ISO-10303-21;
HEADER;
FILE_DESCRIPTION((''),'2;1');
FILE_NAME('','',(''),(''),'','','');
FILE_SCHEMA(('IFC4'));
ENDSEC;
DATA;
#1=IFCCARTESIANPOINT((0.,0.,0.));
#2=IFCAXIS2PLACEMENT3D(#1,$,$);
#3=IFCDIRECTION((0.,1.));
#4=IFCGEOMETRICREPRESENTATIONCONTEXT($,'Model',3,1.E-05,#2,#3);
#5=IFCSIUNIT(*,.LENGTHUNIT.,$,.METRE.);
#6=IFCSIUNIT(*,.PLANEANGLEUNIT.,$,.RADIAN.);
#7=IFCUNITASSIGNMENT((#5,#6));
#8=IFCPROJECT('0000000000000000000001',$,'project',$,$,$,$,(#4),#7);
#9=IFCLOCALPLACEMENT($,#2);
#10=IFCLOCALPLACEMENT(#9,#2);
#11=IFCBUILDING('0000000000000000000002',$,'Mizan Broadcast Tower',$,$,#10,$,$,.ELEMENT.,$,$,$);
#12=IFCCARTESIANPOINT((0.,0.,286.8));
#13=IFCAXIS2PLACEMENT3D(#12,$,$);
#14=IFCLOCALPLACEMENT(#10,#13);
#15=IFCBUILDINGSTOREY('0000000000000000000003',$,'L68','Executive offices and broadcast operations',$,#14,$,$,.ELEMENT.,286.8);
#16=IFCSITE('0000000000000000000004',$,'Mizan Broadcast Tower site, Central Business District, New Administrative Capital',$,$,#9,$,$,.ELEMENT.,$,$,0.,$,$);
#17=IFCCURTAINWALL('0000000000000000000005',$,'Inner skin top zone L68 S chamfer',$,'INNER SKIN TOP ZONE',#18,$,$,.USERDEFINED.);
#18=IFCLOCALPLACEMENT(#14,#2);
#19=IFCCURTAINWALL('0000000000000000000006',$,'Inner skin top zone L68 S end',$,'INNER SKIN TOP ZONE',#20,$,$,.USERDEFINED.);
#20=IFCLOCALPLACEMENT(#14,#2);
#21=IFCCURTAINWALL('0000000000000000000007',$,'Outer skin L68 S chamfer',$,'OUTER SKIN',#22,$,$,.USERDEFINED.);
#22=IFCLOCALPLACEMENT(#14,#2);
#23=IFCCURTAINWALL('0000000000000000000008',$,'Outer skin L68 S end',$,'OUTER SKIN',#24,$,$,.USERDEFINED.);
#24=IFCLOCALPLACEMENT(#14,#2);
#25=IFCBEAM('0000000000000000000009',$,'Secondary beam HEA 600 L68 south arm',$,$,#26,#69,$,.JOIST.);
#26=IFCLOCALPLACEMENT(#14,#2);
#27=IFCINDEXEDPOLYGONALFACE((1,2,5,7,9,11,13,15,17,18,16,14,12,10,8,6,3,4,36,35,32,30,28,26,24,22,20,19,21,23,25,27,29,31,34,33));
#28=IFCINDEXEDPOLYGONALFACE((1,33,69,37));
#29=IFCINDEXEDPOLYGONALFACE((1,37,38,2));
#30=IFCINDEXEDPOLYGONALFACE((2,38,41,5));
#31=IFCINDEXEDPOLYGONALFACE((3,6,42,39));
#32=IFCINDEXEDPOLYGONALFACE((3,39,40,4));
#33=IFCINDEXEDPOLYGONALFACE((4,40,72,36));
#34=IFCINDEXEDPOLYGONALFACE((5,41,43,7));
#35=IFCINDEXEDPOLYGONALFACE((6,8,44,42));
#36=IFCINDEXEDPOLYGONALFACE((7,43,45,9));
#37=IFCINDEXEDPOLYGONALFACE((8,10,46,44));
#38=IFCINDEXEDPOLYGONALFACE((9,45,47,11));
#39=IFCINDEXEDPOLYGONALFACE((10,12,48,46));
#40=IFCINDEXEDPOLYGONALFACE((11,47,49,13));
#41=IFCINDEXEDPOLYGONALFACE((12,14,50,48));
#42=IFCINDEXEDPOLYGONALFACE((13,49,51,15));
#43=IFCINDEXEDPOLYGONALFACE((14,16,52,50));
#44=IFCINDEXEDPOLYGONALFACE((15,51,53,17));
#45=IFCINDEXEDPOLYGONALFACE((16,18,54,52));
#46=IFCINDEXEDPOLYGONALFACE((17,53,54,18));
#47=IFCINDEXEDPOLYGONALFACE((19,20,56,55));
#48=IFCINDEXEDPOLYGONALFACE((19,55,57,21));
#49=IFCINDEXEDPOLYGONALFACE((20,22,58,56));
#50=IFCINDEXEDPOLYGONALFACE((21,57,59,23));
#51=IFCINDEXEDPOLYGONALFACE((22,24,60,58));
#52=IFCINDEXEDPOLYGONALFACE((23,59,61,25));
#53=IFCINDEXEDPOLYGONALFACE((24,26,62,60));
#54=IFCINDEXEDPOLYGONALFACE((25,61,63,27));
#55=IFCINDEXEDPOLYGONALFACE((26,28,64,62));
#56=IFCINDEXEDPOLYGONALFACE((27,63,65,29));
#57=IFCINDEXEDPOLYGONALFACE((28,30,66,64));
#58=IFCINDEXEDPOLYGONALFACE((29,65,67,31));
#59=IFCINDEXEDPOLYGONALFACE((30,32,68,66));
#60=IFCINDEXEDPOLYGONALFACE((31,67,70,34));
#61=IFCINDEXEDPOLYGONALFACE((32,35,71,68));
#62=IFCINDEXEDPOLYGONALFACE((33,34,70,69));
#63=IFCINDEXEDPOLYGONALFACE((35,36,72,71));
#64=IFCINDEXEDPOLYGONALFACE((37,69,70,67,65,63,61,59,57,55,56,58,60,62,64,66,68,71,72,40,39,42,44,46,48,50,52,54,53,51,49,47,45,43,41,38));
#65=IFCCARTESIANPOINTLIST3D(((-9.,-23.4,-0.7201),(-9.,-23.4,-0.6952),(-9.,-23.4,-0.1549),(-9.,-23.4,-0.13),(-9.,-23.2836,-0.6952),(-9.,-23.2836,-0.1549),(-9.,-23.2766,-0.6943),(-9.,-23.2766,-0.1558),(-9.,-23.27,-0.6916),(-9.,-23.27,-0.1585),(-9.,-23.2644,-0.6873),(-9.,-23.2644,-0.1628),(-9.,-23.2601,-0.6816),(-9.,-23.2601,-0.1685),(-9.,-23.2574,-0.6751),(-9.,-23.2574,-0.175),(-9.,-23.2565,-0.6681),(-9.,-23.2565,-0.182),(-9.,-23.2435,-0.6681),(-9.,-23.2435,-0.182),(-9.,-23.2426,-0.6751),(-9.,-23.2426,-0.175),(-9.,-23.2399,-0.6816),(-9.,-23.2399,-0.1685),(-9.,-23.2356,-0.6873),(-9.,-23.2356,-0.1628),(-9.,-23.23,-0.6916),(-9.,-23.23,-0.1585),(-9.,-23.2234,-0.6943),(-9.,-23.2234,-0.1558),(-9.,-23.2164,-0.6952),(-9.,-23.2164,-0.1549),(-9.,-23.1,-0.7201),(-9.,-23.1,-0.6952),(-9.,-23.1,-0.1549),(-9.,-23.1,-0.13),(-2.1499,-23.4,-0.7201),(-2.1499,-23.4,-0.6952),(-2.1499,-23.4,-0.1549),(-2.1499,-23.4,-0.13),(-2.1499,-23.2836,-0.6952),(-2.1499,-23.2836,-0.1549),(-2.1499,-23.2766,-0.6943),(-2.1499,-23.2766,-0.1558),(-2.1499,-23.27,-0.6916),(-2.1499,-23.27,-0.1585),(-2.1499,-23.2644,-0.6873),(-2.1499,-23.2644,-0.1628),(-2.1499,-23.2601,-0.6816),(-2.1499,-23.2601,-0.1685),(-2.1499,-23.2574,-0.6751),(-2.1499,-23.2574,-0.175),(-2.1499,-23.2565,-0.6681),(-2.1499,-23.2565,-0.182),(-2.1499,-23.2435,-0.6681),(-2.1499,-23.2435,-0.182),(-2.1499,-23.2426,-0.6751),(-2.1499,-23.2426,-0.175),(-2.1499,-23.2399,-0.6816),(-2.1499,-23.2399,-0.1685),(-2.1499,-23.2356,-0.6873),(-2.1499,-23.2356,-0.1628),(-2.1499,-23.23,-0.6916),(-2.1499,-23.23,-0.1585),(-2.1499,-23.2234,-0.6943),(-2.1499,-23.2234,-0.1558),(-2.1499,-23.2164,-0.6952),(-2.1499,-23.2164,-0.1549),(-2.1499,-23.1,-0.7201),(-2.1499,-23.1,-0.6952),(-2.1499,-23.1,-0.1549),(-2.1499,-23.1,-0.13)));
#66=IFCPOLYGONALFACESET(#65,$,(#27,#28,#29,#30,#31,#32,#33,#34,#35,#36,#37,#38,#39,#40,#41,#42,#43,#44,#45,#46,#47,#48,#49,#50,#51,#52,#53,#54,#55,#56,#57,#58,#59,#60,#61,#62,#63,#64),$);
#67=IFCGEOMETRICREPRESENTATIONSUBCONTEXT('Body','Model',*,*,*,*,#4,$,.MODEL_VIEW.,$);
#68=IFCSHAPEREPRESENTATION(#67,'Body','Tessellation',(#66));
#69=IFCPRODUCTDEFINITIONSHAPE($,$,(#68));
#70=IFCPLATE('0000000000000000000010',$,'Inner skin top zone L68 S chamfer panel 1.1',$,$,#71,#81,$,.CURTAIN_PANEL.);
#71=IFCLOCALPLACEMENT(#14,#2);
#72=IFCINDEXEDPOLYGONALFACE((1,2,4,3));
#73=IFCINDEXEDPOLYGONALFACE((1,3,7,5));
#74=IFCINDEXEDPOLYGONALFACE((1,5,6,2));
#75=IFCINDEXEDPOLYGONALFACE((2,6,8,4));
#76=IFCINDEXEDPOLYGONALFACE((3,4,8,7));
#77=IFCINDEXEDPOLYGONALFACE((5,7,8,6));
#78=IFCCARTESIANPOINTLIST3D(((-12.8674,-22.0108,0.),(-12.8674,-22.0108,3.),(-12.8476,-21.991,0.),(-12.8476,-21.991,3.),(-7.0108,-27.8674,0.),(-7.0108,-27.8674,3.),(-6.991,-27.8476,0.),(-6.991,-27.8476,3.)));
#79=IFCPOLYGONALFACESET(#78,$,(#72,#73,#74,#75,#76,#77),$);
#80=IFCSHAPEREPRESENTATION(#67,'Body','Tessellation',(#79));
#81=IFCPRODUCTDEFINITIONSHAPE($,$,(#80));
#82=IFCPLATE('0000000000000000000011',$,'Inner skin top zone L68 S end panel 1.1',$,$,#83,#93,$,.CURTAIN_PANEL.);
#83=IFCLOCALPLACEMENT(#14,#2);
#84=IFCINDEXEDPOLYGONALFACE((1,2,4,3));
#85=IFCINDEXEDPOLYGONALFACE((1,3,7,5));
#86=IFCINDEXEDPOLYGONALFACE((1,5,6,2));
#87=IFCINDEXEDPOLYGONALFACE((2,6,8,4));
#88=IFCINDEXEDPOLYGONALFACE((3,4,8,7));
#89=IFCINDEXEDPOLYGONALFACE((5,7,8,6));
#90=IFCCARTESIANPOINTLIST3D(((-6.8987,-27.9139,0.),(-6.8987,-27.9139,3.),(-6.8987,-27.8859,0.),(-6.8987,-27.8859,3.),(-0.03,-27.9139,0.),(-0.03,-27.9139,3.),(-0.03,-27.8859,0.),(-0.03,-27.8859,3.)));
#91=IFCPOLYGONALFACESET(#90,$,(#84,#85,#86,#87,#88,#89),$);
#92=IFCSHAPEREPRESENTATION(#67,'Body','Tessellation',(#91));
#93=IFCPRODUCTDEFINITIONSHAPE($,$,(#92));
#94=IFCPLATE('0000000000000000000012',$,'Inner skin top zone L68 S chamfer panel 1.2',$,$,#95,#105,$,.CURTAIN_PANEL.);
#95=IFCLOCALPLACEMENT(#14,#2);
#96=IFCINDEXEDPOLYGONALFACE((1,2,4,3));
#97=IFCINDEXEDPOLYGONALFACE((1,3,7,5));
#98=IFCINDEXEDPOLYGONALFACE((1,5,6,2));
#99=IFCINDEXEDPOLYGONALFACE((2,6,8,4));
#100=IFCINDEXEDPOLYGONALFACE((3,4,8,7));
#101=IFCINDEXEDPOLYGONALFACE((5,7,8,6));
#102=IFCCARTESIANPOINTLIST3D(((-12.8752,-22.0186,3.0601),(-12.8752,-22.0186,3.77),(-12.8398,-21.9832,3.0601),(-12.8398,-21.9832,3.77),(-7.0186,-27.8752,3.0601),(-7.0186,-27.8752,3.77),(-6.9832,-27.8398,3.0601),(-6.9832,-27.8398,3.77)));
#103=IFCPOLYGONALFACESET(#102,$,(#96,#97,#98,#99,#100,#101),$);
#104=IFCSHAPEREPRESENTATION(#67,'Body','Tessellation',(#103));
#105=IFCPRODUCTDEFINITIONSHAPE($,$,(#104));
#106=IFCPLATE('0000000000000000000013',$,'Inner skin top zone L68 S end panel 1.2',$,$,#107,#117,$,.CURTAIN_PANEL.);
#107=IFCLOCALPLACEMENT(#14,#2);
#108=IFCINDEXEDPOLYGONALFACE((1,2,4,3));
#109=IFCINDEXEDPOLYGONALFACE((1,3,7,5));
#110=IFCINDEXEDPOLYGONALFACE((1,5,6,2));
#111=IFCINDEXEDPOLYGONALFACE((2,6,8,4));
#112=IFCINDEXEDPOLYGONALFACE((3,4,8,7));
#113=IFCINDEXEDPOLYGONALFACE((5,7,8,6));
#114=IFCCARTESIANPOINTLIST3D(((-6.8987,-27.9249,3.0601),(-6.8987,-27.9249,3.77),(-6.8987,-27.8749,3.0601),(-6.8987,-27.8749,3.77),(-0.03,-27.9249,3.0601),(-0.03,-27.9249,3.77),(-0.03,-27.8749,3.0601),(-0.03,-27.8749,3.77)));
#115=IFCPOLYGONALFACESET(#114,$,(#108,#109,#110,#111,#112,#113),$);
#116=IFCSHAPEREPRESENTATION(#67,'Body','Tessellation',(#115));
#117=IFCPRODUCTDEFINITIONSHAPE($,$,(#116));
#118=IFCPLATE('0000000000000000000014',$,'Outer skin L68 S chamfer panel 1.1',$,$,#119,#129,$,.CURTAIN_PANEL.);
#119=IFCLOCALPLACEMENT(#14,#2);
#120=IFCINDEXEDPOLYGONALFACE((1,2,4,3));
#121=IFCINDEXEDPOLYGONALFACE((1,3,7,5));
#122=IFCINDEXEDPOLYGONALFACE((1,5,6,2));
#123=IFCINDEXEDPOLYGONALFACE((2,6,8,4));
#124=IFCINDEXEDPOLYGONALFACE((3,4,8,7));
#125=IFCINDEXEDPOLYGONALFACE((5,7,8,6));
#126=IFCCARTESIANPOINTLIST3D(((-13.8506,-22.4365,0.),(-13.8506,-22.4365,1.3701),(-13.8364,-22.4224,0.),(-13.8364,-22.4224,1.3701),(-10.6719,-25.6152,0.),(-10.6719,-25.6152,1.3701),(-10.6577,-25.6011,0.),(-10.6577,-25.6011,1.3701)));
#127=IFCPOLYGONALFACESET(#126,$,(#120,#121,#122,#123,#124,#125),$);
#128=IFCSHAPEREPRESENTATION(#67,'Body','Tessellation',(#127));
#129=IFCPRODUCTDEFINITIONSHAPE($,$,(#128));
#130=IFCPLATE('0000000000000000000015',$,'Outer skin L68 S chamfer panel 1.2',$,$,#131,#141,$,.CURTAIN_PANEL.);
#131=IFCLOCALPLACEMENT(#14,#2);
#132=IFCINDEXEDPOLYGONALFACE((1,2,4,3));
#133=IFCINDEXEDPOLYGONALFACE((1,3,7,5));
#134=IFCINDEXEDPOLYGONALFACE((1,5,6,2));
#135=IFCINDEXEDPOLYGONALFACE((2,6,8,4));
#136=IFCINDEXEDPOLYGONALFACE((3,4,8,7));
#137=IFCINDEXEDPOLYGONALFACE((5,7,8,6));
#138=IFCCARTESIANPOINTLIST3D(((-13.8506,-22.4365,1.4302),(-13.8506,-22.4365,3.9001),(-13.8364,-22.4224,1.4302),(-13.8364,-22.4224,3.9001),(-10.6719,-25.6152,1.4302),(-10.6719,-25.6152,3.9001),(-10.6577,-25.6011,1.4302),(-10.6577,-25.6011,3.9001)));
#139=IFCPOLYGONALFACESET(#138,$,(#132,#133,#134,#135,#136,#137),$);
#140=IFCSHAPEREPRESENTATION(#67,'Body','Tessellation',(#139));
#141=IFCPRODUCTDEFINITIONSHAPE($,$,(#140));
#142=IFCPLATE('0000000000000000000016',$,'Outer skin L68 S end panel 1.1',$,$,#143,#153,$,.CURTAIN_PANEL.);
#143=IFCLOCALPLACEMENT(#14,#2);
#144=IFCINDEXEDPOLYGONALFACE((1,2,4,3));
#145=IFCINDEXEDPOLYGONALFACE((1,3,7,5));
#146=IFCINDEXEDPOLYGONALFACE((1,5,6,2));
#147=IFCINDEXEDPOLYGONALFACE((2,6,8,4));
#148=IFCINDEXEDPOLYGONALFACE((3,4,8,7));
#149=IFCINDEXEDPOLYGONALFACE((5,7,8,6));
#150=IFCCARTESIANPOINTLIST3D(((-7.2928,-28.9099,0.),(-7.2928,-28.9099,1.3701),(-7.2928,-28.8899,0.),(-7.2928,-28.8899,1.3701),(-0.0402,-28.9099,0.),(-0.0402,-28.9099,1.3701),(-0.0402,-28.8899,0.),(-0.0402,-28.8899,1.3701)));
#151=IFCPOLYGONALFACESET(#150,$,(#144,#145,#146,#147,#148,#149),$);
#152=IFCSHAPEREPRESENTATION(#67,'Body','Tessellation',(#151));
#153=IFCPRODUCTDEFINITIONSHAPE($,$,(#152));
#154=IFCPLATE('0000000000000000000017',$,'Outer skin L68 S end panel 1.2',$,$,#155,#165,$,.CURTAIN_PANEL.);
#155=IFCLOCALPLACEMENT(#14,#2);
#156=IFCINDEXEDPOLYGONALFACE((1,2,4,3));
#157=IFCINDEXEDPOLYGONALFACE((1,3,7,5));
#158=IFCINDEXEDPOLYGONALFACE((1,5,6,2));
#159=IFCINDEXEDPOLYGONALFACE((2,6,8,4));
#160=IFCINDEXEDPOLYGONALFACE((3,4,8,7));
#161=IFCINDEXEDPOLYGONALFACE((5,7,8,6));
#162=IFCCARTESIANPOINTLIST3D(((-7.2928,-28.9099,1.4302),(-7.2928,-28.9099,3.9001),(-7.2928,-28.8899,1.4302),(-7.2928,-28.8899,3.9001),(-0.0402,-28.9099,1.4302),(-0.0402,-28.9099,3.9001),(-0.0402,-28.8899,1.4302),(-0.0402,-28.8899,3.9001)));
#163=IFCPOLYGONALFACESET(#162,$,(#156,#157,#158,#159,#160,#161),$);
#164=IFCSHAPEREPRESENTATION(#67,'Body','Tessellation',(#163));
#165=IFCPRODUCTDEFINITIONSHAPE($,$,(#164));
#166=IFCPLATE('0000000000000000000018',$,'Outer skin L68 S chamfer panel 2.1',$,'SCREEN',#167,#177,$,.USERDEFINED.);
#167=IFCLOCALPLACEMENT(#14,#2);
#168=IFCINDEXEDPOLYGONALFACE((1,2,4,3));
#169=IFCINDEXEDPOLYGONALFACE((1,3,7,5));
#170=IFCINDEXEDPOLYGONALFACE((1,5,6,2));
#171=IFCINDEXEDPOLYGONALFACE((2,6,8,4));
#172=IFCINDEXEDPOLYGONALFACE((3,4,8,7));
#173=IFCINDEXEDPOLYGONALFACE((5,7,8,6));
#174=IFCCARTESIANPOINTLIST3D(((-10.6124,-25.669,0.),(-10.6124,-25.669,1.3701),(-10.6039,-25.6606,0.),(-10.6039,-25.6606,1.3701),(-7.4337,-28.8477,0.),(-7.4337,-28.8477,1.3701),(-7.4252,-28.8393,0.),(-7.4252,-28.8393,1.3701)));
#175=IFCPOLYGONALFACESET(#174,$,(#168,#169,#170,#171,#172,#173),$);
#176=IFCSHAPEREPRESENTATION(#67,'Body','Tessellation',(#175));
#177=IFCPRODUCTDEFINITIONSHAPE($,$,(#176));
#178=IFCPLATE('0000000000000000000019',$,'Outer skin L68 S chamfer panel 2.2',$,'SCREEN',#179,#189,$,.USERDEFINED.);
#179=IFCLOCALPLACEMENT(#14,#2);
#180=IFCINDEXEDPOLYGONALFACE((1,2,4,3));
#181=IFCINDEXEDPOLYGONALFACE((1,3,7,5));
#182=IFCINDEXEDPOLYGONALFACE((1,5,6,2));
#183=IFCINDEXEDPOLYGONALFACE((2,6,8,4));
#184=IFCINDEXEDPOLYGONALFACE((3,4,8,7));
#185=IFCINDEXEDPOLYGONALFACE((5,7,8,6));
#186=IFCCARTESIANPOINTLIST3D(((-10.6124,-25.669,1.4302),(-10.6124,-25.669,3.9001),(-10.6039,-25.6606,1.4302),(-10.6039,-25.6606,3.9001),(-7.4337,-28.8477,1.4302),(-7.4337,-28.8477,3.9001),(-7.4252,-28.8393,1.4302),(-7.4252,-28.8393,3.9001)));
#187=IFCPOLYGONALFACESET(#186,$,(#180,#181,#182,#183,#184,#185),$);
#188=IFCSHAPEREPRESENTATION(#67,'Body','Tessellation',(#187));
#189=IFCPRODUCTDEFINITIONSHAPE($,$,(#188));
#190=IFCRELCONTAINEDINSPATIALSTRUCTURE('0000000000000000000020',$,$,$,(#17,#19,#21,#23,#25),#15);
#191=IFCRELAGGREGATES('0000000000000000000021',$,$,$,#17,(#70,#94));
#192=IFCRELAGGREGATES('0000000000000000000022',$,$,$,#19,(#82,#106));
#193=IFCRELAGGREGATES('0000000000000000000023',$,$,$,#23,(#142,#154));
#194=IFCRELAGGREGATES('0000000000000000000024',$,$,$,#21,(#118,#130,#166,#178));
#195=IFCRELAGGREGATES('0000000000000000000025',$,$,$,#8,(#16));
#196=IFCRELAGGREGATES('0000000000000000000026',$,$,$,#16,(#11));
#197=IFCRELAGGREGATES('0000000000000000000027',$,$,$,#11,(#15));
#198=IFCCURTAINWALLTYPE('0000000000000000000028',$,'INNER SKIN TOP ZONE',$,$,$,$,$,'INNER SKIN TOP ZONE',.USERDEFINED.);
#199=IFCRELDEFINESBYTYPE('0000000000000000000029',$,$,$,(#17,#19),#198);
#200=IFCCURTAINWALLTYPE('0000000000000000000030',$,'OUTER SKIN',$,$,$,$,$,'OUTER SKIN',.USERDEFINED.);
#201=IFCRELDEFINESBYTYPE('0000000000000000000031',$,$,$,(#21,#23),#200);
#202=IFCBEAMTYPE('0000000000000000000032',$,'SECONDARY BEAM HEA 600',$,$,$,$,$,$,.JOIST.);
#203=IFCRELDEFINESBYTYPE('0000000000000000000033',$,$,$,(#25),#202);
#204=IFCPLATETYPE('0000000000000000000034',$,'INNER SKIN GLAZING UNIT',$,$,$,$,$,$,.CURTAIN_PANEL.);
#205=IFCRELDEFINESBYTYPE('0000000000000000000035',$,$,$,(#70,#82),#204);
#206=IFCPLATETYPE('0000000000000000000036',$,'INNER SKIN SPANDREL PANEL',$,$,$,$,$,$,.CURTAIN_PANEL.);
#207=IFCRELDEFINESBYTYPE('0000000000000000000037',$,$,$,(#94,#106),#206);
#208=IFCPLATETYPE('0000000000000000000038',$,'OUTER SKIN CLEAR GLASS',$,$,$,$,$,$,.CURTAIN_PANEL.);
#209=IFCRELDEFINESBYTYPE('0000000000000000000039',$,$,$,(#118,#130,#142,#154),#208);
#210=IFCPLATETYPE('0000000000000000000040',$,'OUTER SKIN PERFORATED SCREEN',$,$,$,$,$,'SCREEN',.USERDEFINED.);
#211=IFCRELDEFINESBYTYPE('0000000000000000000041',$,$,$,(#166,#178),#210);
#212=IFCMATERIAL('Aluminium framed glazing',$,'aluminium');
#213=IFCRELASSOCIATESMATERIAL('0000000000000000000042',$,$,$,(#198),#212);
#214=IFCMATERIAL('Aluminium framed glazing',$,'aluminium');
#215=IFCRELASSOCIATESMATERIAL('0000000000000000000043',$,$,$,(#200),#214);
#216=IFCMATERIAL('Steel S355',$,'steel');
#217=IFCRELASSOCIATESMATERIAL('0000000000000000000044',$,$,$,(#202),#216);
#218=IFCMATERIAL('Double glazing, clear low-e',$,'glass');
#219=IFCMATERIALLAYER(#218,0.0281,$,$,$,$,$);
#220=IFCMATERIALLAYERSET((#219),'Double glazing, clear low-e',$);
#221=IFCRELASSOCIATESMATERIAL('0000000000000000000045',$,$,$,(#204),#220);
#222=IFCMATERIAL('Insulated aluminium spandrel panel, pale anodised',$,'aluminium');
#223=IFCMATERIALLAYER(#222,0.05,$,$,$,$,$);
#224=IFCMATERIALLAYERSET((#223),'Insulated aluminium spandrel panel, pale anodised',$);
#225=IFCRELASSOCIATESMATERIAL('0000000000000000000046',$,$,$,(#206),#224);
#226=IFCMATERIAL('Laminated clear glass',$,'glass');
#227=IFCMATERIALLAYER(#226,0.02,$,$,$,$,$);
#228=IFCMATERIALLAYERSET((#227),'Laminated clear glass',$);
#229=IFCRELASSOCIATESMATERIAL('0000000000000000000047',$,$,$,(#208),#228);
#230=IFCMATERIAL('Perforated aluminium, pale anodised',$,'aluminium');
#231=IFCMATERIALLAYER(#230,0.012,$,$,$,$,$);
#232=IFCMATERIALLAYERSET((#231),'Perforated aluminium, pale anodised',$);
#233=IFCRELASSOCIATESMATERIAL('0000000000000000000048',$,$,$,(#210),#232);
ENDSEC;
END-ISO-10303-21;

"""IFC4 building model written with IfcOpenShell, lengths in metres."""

from ifc_helpers import new_model, si_unit, direction, frame, origin, origin_2d, place, context, subcontext, project, spatial, rectangle, i_section, extrude, material, layer, layer_set, material_profile, profile_set, type_object, element, aggregate, save


model = new_model("IFC4")

# Units and contexts
model_context = context("Model", 3, precision=1e-05, world=origin(), true_north=direction((0.0, 1.0)))
body_context = subcontext(model_context, "Body", "Model", "MODEL_VIEW")
ifc_project = project(units=[si_unit("LENGTHUNIT", "METRE"), si_unit("PLANEANGLEUNIT", "RADIAN")], contexts=[model_context])

# Site, building, storey
site_placement = place(None, origin())
site = spatial("IfcSite", under=ifc_project, at=site_placement, Name="Mizan Broadcast Tower site, Central Business District, New Administrative Capital", CompositionType="ELEMENT", RefElevation=0.0)
building_placement = place(site_placement, origin())
building = spatial("IfcBuilding", under=site, at=building_placement, Name="Mizan Broadcast Tower", CompositionType="ELEMENT")
storey_placement = place(building_placement, frame((0.0, 0.0, 286.8)))
storey = spatial("IfcBuildingStorey", under=building, at=storey_placement, Name="L68", Description="Executive offices and broadcast operations", CompositionType="ELEMENT", Elevation=286.8)

# Curtain walls
ifc_material_1 = material(Name="Aluminium framed glazing", Category="aluminium")
curtain_wall_type_1 = type_object("IfcCurtainWallType", Name="INNER SKIN TOP ZONE", ElementType="INNER SKIN TOP ZONE", PredefinedType="USERDEFINED", material=ifc_material_1)
curtain_wall_1_placement = place(storey_placement, origin())
curtain_wall_1 = element("IfcCurtainWall", 1, at=curtain_wall_1_placement, inside=storey, type_object=curtain_wall_type_1, Name="Inner skin top zone L68 S chamfer", ObjectType="INNER SKIN TOP ZONE", PredefinedType="USERDEFINED")
curtain_wall_2_placement = place(storey_placement, origin())
curtain_wall_2 = element("IfcCurtainWall", 2, at=curtain_wall_2_placement, inside=storey, type_object=curtain_wall_type_1, Name="Inner skin top zone L68 S end", ObjectType="INNER SKIN TOP ZONE", PredefinedType="USERDEFINED")

# Curtain wall
ifc_material_2 = material(Name="Aluminium framed glazing", Category="aluminium")
curtain_wall_type_2 = type_object("IfcCurtainWallType", Name="OUTER SKIN", ElementType="OUTER SKIN", PredefinedType="USERDEFINED", material=ifc_material_2)
curtain_wall_3_placement = place(storey_placement, origin())
curtain_wall_3 = element("IfcCurtainWall", 3, at=curtain_wall_3_placement, inside=storey, type_object=curtain_wall_type_2, Name="Outer skin L68 S chamfer", ObjectType="OUTER SKIN", PredefinedType="USERDEFINED")

# Curtain wall
curtain_wall_4_placement = place(storey_placement, origin())
curtain_wall_4 = element("IfcCurtainWall", 4, at=curtain_wall_4_placement, inside=storey, type_object=curtain_wall_type_2, Name="Outer skin L68 S end", ObjectType="OUTER SKIN", PredefinedType="USERDEFINED")

# Beam
ifc_material_3 = material(Name="Steel S355", Category="steel")
ifc_material_profile_1 = material_profile(ifc_material_3, i_section(OverallWidth=0.3, OverallDepth=0.5901, WebThickness=0.0129, FlangeThickness=0.0249, FilletRadius=0.0271, at=origin_2d()), Name="HEA 600")
ifc_profile_set_1 = profile_set([ifc_material_profile_1], Name="Steel S355")
beam_type_1 = type_object("IfcBeamType", Name="SECONDARY BEAM HEA 600", PredefinedType="JOIST", material=ifc_profile_set_1)
beam_1_placement = place(storey_placement, frame((-9.0, -23.25, -0.425), z_axis=(1.0, 0.0, 0.0), x_axis=(0.0, 1.0, 0.0)))
element("IfcBeam", 5, at=beam_1_placement, inside=storey, type_object=beam_type_1, Name="Secondary beam HEA 600 L68 south arm", PredefinedType="JOIST", context=body_context, shape_type="SweptSolid", body=[
    extrude(i_section(OverallWidth=0.3, OverallDepth=0.5901, WebThickness=0.0129, FlangeThickness=0.0249, FilletRadius=0.0271, at=origin_2d()), origin(), (0.0, 0.0, 1.0), 6.8501),
])

# Plates
ifc_material_4 = material(Name="Double glazing, clear low-e", Category="glass")
ifc_layer_1 = layer(ifc_material_4, 0.0281)
ifc_layer_set_1 = layer_set([ifc_layer_1], Name="Double glazing, clear low-e")
plate_type_1 = type_object("IfcPlateType", Name="INNER SKIN GLAZING UNIT", PredefinedType="CURTAIN_PANEL", material=ifc_layer_set_1)
plate_1_placement = place(storey_placement, frame((-9.9292, -24.9292, 0.0), z_axis=(0.0, 0.0, 1.0), x_axis=(0.707107, -0.707107, 0.0)))
plate_1 = element("IfcPlate", 6, at=plate_1_placement, type_object=plate_type_1, Name="Inner skin top zone L68 S chamfer panel 1.1", PredefinedType="CURTAIN_PANEL", context=body_context, shape_type="SweptSolid", body=[
    extrude(rectangle(XDim=8.2825, YDim=0.0281, at=origin_2d()), origin(), (0.0, 0.0, 1.0), 3.0),
])
plate_2_placement = place(storey_placement, frame((-3.4644, -27.8999, 0.0), z_axis=(0.0, 0.0, 1.0), x_axis=(1.0, 0.0, 0.0)))
plate_2 = element("IfcPlate", 7, at=plate_2_placement, type_object=plate_type_1, Name="Inner skin top zone L68 S end panel 1.1", PredefinedType="CURTAIN_PANEL", context=body_context, shape_type="SweptSolid", body=[
    extrude(rectangle(XDim=6.8687, YDim=0.0281, at=origin_2d()), origin(), (0.0, 0.0, 1.0), 3.0),
])
ifc_material_5 = material(Name="Insulated aluminium spandrel panel, pale anodised", Category="aluminium")
ifc_layer_2 = layer(ifc_material_5, 0.05)
ifc_layer_set_2 = layer_set([ifc_layer_2], Name="Insulated aluminium spandrel panel, pale anodised")
plate_type_2 = type_object("IfcPlateType", Name="INNER SKIN SPANDREL PANEL", PredefinedType="CURTAIN_PANEL", material=ifc_layer_set_2)
plate_3_placement = place(storey_placement, frame((-9.9292, -24.9292, 3.0601), z_axis=(0.0, 0.0, 1.0), x_axis=(0.707107, -0.707107, 0.0)))
plate_3 = element("IfcPlate", 8, at=plate_3_placement, type_object=plate_type_2, Name="Inner skin top zone L68 S chamfer panel 1.2", PredefinedType="CURTAIN_PANEL", context=body_context, shape_type="SweptSolid", body=[
    extrude(rectangle(XDim=8.2825, YDim=0.05, at=origin_2d()), origin(), (0.0, 0.0, 1.0), 0.71),
])
aggregate(curtain_wall_1, [plate_1, plate_3])
plate_4_placement = place(storey_placement, frame((-3.4644, -27.8999, 3.0601), z_axis=(0.0, 0.0, 1.0), x_axis=(1.0, 0.0, 0.0)))
plate_4 = element("IfcPlate", 9, at=plate_4_placement, type_object=plate_type_2, Name="Inner skin top zone L68 S end panel 1.2", PredefinedType="CURTAIN_PANEL", context=body_context, shape_type="SweptSolid", body=[
    extrude(rectangle(XDim=6.8687, YDim=0.05, at=origin_2d()), origin(), (0.0, 0.0, 1.0), 0.71),
])
aggregate(curtain_wall_2, [plate_2, plate_4])
ifc_material_6 = material(Name="Laminated clear glass", Category="glass")
ifc_layer_3 = layer(ifc_material_6, 0.02)
ifc_layer_set_3 = layer_set([ifc_layer_3], Name="Laminated clear glass")
plate_type_3 = type_object("IfcPlateType", Name="OUTER SKIN CLEAR GLASS", PredefinedType="CURTAIN_PANEL", material=ifc_layer_set_3)
plate_5_placement = place(storey_placement, frame((-12.2542, -24.0188, 0.0), z_axis=(0.0, 0.0, 1.0), x_axis=(0.707107, -0.707107, 0.0)))
plate_5 = element("IfcPlate", 10, at=plate_5_placement, type_object=plate_type_3, Name="Outer skin L68 S chamfer panel 1.1", PredefinedType="CURTAIN_PANEL", context=body_context, shape_type="SweptSolid", body=[
    extrude(rectangle(XDim=4.4954, YDim=0.02, at=origin_2d()), origin(), (0.0, 0.0, 1.0), 1.3701),
])
plate_6_placement = place(storey_placement, frame((-12.2542, -24.0188, 1.4302), z_axis=(0.0, 0.0, 1.0), x_axis=(0.707107, -0.707107, 0.0)))
plate_6 = element("IfcPlate", 11, at=plate_6_placement, type_object=plate_type_3, Name="Outer skin L68 S chamfer panel 1.2", PredefinedType="CURTAIN_PANEL", context=body_context, shape_type="SweptSolid", body=[
    extrude(rectangle(XDim=4.4954, YDim=0.02, at=origin_2d()), origin(), (0.0, 0.0, 1.0), 2.47),
])
plate_7_placement = place(storey_placement, frame((-3.6665, -28.8999, 0.0), z_axis=(0.0, 0.0, 1.0), x_axis=(1.0, 0.0, 0.0)))
plate_7 = element("IfcPlate", 12, at=plate_7_placement, type_object=plate_type_3, Name="Outer skin L68 S end panel 1.1", PredefinedType="CURTAIN_PANEL", context=body_context, shape_type="SweptSolid", body=[
    extrude(rectangle(XDim=7.2527, YDim=0.02, at=origin_2d()), origin(), (0.0, 0.0, 1.0), 1.3701),
])
plate_8_placement = place(storey_placement, frame((-3.6665, -28.8999, 1.4302), z_axis=(0.0, 0.0, 1.0), x_axis=(1.0, 0.0, 0.0)))
plate_8 = element("IfcPlate", 13, at=plate_8_placement, type_object=plate_type_3, Name="Outer skin L68 S end panel 1.2", PredefinedType="CURTAIN_PANEL", context=body_context, shape_type="SweptSolid", body=[
    extrude(rectangle(XDim=7.2527, YDim=0.02, at=origin_2d()), origin(), (0.0, 0.0, 1.0), 2.47),
])
aggregate(curtain_wall_4, [plate_7, plate_8])
ifc_material_7 = material(Name="Perforated aluminium, pale anodised", Category="aluminium")
ifc_layer_4 = layer(ifc_material_7, 0.012)
ifc_layer_set_4 = layer_set([ifc_layer_4], Name="Perforated aluminium, pale anodised")
plate_type_4 = type_object("IfcPlateType", Name="OUTER SKIN PERFORATED SCREEN", ElementType="SCREEN", PredefinedType="USERDEFINED", material=ifc_layer_set_4)
plate_9_placement = place(storey_placement, frame((-9.0188, -27.2542, 0.0), z_axis=(0.0, 0.0, 1.0), x_axis=(0.707107, -0.707107, 0.0)))
plate_9 = element("IfcPlate", 14, at=plate_9_placement, type_object=plate_type_4, Name="Outer skin L68 S chamfer panel 2.1", ObjectType="SCREEN", PredefinedType="USERDEFINED", context=body_context, shape_type="SweptSolid", body=[
    extrude(rectangle(XDim=4.4954, YDim=0.012, at=origin_2d()), origin(), (0.0, 0.0, 1.0), 1.3701),
])
plate_10_placement = place(storey_placement, frame((-9.0188, -27.2542, 1.4302), z_axis=(0.0, 0.0, 1.0), x_axis=(0.707107, -0.707107, 0.0)))
plate_10 = element("IfcPlate", 15, at=plate_10_placement, type_object=plate_type_4, Name="Outer skin L68 S chamfer panel 2.2", ObjectType="SCREEN", PredefinedType="USERDEFINED", context=body_context, shape_type="SweptSolid", body=[
    extrude(rectangle(XDim=4.4954, YDim=0.012, at=origin_2d()), origin(), (0.0, 0.0, 1.0), 2.47),
])
aggregate(curtain_wall_3, [plate_5, plate_6, plate_9, plate_10])

save(model, "model.ifc")
